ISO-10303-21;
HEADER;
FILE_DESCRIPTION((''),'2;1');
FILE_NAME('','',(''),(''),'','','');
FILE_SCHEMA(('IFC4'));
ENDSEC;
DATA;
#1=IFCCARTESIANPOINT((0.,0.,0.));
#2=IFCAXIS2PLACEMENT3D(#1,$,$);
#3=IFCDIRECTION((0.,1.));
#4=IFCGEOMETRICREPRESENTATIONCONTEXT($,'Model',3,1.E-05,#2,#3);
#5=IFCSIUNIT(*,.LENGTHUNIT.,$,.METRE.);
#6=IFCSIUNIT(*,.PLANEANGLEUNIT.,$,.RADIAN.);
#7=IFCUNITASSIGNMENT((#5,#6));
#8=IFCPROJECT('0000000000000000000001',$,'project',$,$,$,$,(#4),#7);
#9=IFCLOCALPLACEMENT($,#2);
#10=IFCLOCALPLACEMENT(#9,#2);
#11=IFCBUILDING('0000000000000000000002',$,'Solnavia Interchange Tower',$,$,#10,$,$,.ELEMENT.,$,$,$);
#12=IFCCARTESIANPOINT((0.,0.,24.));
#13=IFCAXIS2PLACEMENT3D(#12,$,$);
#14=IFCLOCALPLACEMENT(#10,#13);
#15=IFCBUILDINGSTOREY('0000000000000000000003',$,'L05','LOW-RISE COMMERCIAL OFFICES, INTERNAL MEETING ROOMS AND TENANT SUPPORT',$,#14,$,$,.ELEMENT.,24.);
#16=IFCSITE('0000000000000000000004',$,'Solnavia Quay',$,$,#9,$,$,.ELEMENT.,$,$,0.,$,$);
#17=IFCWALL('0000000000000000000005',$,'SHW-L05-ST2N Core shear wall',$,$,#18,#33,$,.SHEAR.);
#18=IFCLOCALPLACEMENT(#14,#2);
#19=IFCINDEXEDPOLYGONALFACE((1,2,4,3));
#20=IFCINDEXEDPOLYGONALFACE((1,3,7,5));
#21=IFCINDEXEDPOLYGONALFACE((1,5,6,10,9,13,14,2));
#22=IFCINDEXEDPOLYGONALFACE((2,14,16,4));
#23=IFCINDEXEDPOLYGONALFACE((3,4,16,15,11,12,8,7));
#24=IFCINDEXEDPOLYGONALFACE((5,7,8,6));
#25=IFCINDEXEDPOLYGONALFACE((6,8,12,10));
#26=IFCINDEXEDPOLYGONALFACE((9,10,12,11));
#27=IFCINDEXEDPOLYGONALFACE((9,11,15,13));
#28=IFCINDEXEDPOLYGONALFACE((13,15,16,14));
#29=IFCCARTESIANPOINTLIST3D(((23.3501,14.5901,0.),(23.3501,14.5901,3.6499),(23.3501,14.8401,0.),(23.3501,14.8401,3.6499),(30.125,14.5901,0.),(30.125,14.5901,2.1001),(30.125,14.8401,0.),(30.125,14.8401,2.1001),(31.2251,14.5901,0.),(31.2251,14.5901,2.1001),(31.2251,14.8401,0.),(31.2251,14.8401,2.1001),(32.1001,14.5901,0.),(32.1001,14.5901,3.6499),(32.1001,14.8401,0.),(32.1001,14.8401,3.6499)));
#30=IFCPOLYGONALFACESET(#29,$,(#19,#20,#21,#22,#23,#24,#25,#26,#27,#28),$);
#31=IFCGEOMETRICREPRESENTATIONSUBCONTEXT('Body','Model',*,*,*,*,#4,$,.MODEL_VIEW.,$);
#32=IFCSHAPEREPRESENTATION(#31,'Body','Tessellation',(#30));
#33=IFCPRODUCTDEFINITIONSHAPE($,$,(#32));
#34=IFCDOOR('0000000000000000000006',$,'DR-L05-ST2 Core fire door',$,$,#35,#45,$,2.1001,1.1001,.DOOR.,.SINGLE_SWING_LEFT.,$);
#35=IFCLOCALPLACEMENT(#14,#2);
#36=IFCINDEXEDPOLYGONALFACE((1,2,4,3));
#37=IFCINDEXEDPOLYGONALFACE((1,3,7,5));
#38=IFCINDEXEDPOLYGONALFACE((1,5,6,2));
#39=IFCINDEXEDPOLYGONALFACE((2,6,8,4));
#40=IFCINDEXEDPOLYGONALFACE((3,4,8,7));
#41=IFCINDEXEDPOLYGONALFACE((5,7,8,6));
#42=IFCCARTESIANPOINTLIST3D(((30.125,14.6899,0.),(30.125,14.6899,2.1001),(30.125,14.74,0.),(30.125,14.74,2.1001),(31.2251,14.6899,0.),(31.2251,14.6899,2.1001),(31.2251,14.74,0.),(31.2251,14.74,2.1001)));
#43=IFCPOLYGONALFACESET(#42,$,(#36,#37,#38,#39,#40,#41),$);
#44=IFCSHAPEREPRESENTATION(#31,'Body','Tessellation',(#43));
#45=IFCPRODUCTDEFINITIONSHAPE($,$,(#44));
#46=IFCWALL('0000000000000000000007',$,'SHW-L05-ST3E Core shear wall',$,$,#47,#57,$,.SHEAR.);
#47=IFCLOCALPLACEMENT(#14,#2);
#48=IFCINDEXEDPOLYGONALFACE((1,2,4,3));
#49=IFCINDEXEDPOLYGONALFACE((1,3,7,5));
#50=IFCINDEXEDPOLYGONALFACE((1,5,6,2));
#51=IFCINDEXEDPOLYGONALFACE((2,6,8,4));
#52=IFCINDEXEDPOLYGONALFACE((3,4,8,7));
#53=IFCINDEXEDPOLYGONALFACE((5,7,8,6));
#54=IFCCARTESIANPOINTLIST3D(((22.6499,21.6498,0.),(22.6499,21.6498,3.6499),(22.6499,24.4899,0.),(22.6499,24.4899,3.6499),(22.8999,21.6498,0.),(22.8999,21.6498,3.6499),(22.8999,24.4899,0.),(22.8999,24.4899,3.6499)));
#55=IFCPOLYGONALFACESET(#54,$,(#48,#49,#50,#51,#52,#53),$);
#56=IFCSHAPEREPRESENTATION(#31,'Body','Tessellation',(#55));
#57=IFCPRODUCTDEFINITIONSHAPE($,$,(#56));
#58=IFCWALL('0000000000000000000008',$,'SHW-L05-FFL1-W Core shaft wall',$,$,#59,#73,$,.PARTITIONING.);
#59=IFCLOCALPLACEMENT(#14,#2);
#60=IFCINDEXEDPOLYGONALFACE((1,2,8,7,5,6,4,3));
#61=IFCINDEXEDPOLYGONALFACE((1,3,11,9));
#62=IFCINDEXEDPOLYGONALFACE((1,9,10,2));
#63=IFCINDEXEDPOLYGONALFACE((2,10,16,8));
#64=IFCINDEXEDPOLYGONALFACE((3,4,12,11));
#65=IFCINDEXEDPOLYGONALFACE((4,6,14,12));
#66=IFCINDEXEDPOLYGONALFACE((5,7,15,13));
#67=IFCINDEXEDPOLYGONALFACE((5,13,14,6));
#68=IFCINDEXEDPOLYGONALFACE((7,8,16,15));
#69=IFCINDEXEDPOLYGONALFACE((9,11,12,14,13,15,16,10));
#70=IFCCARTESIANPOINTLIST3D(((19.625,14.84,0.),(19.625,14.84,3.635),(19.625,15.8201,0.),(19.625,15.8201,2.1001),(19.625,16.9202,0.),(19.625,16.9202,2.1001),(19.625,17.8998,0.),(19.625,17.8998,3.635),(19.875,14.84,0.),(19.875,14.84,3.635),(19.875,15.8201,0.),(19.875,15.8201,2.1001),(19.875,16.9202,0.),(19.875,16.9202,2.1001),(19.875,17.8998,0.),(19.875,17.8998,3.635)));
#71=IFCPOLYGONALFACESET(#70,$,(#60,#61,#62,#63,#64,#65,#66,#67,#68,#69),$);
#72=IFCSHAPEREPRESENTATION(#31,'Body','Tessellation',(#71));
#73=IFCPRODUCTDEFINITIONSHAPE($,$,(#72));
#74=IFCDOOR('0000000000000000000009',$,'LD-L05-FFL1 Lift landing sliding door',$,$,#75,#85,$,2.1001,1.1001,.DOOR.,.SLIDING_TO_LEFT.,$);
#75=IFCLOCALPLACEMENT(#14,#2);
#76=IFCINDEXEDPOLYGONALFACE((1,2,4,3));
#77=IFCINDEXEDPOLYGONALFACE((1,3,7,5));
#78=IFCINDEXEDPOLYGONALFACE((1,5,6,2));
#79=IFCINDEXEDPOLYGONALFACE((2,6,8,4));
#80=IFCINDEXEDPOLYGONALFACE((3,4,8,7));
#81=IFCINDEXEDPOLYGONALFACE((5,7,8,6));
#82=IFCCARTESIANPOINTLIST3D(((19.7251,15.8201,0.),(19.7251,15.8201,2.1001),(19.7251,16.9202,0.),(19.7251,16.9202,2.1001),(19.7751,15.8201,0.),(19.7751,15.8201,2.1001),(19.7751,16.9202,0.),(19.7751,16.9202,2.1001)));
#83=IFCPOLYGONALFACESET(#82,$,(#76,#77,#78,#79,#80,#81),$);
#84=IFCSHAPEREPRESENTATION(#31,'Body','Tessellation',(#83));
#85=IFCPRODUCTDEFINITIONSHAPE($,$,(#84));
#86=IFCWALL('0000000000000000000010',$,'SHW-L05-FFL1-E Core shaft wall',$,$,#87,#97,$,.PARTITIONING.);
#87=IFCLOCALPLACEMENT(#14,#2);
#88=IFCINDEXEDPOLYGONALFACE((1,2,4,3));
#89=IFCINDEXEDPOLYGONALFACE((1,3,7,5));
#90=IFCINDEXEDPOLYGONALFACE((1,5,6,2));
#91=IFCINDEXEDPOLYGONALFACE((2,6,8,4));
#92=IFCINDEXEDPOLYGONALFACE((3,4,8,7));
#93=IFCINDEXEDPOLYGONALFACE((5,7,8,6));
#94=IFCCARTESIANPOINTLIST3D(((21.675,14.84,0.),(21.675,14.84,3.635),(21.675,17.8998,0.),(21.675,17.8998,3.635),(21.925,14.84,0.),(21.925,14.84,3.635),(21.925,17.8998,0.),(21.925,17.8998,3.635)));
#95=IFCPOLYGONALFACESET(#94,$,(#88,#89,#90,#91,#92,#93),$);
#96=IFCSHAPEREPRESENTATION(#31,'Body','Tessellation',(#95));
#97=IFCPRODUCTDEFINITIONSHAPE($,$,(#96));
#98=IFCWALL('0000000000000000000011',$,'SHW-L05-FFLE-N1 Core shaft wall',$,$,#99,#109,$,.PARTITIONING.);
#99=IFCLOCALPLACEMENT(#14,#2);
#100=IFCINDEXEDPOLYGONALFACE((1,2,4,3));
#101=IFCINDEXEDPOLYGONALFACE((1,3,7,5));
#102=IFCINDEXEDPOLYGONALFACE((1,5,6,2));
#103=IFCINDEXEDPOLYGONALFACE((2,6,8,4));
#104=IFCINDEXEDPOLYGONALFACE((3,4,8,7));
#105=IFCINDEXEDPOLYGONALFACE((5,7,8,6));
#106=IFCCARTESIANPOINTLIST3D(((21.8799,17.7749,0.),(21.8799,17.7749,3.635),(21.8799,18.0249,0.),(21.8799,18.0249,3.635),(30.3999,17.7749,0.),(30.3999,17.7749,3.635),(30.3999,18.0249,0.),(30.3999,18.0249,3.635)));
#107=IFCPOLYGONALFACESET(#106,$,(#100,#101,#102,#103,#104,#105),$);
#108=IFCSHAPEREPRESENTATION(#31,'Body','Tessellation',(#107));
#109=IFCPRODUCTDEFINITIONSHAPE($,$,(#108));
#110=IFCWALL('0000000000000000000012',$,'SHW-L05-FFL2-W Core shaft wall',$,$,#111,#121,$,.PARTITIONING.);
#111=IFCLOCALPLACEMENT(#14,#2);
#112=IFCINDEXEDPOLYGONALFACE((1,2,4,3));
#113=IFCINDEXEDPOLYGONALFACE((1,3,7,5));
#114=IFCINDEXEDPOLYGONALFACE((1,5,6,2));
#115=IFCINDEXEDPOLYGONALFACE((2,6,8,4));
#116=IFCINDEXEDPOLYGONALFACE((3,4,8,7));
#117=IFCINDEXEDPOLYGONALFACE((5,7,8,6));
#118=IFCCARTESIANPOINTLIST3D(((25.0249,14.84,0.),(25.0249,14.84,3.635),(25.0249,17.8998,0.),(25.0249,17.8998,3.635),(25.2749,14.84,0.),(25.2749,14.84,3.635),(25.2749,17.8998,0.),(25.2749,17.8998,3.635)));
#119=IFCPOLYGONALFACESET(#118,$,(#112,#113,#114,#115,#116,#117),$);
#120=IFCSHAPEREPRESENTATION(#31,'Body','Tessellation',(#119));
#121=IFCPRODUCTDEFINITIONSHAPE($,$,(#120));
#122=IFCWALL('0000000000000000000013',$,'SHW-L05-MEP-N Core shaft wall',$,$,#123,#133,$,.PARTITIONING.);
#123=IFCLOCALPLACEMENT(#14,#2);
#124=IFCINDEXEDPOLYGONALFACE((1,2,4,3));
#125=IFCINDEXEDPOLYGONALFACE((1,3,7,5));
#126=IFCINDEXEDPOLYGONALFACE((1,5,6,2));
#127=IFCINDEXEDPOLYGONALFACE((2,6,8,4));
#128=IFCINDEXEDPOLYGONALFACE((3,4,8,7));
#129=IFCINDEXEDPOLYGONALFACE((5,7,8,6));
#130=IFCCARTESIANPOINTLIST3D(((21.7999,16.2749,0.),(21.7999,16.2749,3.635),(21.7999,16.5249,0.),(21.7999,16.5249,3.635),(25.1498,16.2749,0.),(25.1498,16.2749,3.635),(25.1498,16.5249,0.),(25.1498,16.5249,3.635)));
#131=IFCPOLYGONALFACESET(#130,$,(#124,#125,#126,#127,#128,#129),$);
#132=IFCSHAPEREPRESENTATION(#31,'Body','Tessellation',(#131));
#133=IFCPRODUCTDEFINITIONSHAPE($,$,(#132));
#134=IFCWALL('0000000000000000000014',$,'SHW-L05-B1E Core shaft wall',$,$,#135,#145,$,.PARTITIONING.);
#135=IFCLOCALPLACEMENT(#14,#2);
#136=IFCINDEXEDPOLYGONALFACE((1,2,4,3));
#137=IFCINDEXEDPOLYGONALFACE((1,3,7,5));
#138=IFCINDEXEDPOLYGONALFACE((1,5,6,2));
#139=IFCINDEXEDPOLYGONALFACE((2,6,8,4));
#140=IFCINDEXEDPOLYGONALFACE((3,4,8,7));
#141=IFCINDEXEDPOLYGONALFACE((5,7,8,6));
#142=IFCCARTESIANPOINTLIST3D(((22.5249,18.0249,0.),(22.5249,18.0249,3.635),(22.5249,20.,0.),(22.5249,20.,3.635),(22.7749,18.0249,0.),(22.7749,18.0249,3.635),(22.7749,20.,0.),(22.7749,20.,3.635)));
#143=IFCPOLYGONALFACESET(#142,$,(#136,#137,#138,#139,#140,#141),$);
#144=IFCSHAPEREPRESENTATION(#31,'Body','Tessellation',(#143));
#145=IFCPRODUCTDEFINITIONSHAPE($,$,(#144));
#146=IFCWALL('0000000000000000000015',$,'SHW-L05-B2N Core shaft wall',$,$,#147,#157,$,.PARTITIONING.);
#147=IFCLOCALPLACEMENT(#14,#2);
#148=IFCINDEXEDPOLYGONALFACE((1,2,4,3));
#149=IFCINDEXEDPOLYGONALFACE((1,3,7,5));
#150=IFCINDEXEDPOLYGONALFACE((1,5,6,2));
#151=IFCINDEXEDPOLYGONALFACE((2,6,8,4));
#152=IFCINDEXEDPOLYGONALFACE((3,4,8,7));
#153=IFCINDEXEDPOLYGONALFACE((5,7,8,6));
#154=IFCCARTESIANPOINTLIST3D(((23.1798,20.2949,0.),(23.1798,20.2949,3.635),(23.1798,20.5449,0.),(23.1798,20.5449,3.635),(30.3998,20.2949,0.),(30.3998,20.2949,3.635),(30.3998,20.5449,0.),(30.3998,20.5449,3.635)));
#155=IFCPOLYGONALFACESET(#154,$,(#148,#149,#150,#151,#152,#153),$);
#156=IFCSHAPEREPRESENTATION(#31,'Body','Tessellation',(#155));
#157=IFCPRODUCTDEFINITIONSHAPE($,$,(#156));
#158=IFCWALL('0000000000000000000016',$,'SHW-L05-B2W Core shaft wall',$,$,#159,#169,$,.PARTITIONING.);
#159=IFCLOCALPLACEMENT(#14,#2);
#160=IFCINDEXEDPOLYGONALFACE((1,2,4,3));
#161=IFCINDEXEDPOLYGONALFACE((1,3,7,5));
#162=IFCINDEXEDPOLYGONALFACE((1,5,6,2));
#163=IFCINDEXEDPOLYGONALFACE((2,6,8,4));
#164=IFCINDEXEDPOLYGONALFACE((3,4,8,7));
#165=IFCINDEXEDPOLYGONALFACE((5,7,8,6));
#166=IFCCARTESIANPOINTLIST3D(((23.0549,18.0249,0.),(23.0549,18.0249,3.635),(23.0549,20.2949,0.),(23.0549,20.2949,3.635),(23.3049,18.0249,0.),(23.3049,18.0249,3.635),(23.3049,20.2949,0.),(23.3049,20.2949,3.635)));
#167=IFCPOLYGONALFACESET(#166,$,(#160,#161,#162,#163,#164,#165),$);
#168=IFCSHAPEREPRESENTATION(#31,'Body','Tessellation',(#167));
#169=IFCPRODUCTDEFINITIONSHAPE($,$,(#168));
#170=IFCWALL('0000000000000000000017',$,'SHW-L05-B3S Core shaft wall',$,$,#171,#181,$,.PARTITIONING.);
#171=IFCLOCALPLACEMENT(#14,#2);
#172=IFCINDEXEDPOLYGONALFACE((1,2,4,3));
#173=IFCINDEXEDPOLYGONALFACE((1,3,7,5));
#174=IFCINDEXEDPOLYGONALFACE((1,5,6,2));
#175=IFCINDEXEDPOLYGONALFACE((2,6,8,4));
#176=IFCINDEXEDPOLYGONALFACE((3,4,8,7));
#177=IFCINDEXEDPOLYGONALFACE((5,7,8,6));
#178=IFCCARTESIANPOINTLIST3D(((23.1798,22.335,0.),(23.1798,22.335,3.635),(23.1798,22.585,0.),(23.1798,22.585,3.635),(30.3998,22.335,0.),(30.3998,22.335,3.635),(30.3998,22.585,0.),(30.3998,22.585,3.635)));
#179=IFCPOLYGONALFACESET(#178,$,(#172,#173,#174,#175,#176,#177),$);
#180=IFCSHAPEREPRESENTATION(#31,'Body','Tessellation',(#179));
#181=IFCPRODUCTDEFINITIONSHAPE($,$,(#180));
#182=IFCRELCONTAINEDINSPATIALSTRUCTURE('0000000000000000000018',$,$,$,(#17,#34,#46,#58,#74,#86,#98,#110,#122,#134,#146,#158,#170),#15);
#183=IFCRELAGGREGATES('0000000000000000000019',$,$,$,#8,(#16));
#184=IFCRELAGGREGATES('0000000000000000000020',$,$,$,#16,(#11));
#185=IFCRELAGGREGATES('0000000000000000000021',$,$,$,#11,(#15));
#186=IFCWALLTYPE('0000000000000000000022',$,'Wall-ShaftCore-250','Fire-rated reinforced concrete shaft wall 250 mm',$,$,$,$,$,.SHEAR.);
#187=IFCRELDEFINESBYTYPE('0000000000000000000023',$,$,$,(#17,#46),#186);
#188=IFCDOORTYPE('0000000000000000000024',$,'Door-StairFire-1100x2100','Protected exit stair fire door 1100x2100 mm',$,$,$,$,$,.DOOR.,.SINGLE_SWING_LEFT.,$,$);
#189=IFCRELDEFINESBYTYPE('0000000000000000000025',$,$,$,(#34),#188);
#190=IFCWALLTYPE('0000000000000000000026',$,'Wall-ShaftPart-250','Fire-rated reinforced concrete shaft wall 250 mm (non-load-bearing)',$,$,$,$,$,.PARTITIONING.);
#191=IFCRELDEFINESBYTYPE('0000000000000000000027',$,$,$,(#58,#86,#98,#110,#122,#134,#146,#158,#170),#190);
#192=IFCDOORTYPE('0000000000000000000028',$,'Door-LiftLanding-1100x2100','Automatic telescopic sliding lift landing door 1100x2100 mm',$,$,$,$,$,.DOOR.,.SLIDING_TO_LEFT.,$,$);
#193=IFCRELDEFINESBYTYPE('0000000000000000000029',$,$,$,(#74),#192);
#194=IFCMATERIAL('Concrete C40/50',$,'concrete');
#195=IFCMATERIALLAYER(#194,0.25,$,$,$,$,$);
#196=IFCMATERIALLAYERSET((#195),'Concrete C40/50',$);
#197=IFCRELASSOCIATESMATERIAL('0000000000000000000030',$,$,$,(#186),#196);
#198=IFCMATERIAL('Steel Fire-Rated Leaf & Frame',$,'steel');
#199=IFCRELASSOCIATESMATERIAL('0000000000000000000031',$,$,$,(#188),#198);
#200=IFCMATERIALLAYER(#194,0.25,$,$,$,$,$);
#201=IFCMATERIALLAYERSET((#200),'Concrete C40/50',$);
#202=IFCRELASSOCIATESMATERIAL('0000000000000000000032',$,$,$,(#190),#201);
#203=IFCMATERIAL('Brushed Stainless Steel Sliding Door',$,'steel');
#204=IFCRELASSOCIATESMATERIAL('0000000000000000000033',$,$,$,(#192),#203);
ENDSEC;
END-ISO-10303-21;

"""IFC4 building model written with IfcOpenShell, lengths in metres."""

from ifc_helpers import new_model, si_unit, direction, frame, frame_2d, origin, place, context, subcontext, project, spatial, rectangle, extrude, material, layer, layer_set, type_object, element, fill, save


model = new_model("IFC4")

# Units and contexts
model_context = context("Model", 3, precision=1e-05, world=origin(), true_north=direction((0.0, 1.0)))
body_context = subcontext(model_context, "Body", "Model", "MODEL_VIEW")
ifc_project = project(units=[si_unit("LENGTHUNIT", "METRE"), si_unit("PLANEANGLEUNIT", "RADIAN")], contexts=[model_context])

# Site, building, storey
site_placement = place(None, origin())
site = spatial("IfcSite", under=ifc_project, at=site_placement, Name="Solnavia Quay", CompositionType="ELEMENT", RefElevation=0.0)
building_placement = place(site_placement, origin())
building = spatial("IfcBuilding", under=site, at=building_placement, Name="Solnavia Interchange Tower", CompositionType="ELEMENT")
storey_placement = place(building_placement, frame((0.0, 0.0, 24.0)))
storey = spatial("IfcBuildingStorey", under=building, at=storey_placement, Name="L05", Description="LOW-RISE COMMERCIAL OFFICES, INTERNAL MEETING ROOMS AND TENANT SUPPORT", CompositionType="ELEMENT", Elevation=24.0)

# Wall, opening, door
ifc_material_1 = material(Name="Concrete C40/50", Category="concrete")
ifc_layer_1 = layer(ifc_material_1, 0.25)
ifc_layer_set_1 = layer_set([ifc_layer_1], Name="Concrete C40/50")
wall_type_1 = type_object("IfcWallType", Name="Wall-ShaftCore-250", Description="Fire-rated reinforced concrete shaft wall 250 mm", PredefinedType="SHEAR", material=ifc_layer_set_1)
wall_1_placement = place(storey_placement, frame((23.3501, 14.7151, 0.0), z_axis=(0.0, 0.0, 1.0), x_axis=(1.0, 0.0, 0.0)))
wall_1 = element("IfcWall", 1, at=wall_1_placement, inside=storey, type_object=wall_type_1, Name="SHW-L05-ST2N Core shear wall", PredefinedType="SHEAR", context=body_context, shape_type="SweptSolid", body=[
    extrude(rectangle(XDim=8.75, YDim=0.25, at=frame_2d((4.375, 0.0))), origin(), (0.0, 0.0, 1.0), 3.6499),
])
opening_1_placement = place(wall_1_placement, frame((6.7749, 0.0, 0.0)))
opening_1 = element("IfcOpeningElement", 2, at=opening_1_placement, cuts=wall_1, PredefinedType="OPENING", context=body_context, shape_type="SweptSolid", body=[
    extrude(rectangle(XDim=1.1001, YDim=2.1001, at=frame_2d((0.55, 1.05))), frame((0.0, 0.135, 0.0), z_axis=(0.0, -1.0, 0.0), x_axis=(1.0, 0.0, 0.0)), (0.0, 0.0, 1.0), 0.27),
])
ifc_material_2 = material(Name="Steel Fire-Rated Leaf & Frame", Category="steel")
door_type_1 = type_object("IfcDoorType", Name="Door-StairFire-1100x2100", Description="Protected exit stair fire door 1100x2100 mm", OperationType="SINGLE_SWING_LEFT", PredefinedType="DOOR", material=ifc_material_2)
door_1_placement = place(opening_1_placement, origin())
door_1 = element("IfcDoor", 3, at=door_1_placement, inside=storey, type_object=door_type_1, Name="DR-L05-ST2 Core fire door", OperationType="SINGLE_SWING_LEFT", OverallHeight=2.1001, OverallWidth=1.1001, PredefinedType="DOOR", context=body_context, shape_type="SweptSolid", body=[
    extrude(rectangle(XDim=1.1001, YDim=2.1001, at=frame_2d((0.55, 1.05))), frame((0.0, 0.0249, 0.0), z_axis=(0.0, -1.0, 0.0), x_axis=(1.0, 0.0, 0.0)), (0.0, 0.0, 1.0), 0.05),
])
fill(opening_1, door_1)

# Wall
wall_2_placement = place(storey_placement, frame((22.7749, 21.6499, 0.0), z_axis=(0.0, 0.0, 1.0), x_axis=(0.0, 1.0, 0.0)))
element("IfcWall", 4, at=wall_2_placement, inside=storey, type_object=wall_type_1, Name="SHW-L05-ST3E Core shear wall", PredefinedType="SHEAR", context=body_context, shape_type="SweptSolid", body=[
    extrude(rectangle(XDim=2.8401, YDim=0.25, at=frame_2d((1.4199, 0.0))), origin(), (0.0, 0.0, 1.0), 3.6499),
])

# Wall, opening, door
ifc_layer_2 = layer(ifc_material_1, 0.25)
ifc_layer_set_2 = layer_set([ifc_layer_2], Name="Concrete C40/50")
wall_type_2 = type_object("IfcWallType", Name="Wall-ShaftPart-250", Description="Fire-rated reinforced concrete shaft wall 250 mm (non-load-bearing)", PredefinedType="PARTITIONING", material=ifc_layer_set_2)
wall_3_placement = place(storey_placement, frame((19.75, 14.8401, 0.0), z_axis=(0.0, 0.0, 1.0), x_axis=(0.0, 1.0, 0.0)))
wall_3 = element("IfcWall", 5, at=wall_3_placement, inside=storey, type_object=wall_type_2, Name="SHW-L05-FFL1-W Core shaft wall", PredefinedType="PARTITIONING", context=body_context, shape_type="SweptSolid", body=[
    extrude(rectangle(XDim=3.0598, YDim=0.25, at=frame_2d((1.5298, 0.0))), origin(), (0.0, 0.0, 1.0), 3.635),
])
opening_2_placement = place(wall_3_placement, frame((0.98, 0.0, 0.0)))
opening_2 = element("IfcOpeningElement", 6, at=opening_2_placement, cuts=wall_3, PredefinedType="OPENING", context=body_context, shape_type="SweptSolid", body=[
    extrude(rectangle(XDim=1.1001, YDim=2.1001, at=frame_2d((0.55, 1.05))), frame((0.0, 0.135, 0.0), z_axis=(0.0, -1.0, 0.0), x_axis=(1.0, 0.0, 0.0)), (0.0, 0.0, 1.0), 0.27),
])
ifc_material_3 = material(Name="Brushed Stainless Steel Sliding Door", Category="steel")
door_type_2 = type_object("IfcDoorType", Name="Door-LiftLanding-1100x2100", Description="Automatic telescopic sliding lift landing door 1100x2100 mm", OperationType="SLIDING_TO_LEFT", PredefinedType="DOOR", material=ifc_material_3)
door_2_placement = place(opening_2_placement, origin())
door_2 = element("IfcDoor", 7, at=door_2_placement, inside=storey, type_object=door_type_2, Name="LD-L05-FFL1 Lift landing sliding door", OperationType="SLIDING_TO_LEFT", OverallHeight=2.1001, OverallWidth=1.1001, PredefinedType="DOOR", context=body_context, shape_type="SweptSolid", body=[
    extrude(rectangle(XDim=1.1001, YDim=2.1001, at=frame_2d((0.55, 1.05))), frame((0.0, 0.0249, 0.0), z_axis=(0.0, -1.0, 0.0), x_axis=(1.0, 0.0, 0.0)), (0.0, 0.0, 1.0), 0.05),
])
fill(opening_2, door_2)

# Walls
wall_4_placement = place(storey_placement, frame((21.8, 14.8401, 0.0), z_axis=(0.0, 0.0, 1.0), x_axis=(0.0, 1.0, 0.0)))
element("IfcWall", 8, at=wall_4_placement, inside=storey, type_object=wall_type_2, Name="SHW-L05-FFL1-E Core shaft wall", PredefinedType="PARTITIONING", context=body_context, shape_type="SweptSolid", body=[
    extrude(rectangle(XDim=3.0598, YDim=0.25, at=frame_2d((1.5298, 0.0))), origin(), (0.0, 0.0, 1.0), 3.635),
])
wall_5_placement = place(storey_placement, frame((21.8799, 17.8999, 0.0), z_axis=(0.0, 0.0, 1.0), x_axis=(1.0, 0.0, 0.0)))
element("IfcWall", 9, at=wall_5_placement, inside=storey, type_object=wall_type_2, Name="SHW-L05-FFLE-N1 Core shaft wall", PredefinedType="PARTITIONING", context=body_context, shape_type="SweptSolid", body=[
    extrude(rectangle(XDim=8.52, YDim=0.25, at=frame_2d((4.26, 0.0))), origin(), (0.0, 0.0, 1.0), 3.635),
])
wall_6_placement = place(storey_placement, frame((25.1499, 14.8401, 0.0), z_axis=(0.0, 0.0, 1.0), x_axis=(0.0, 1.0, 0.0)))
element("IfcWall", 10, at=wall_6_placement, inside=storey, type_object=wall_type_2, Name="SHW-L05-FFL2-W Core shaft wall", PredefinedType="PARTITIONING", context=body_context, shape_type="SweptSolid", body=[
    extrude(rectangle(XDim=3.0598, YDim=0.25, at=frame_2d((1.5298, 0.0))), origin(), (0.0, 0.0, 1.0), 3.635),
])
wall_7_placement = place(storey_placement, frame((21.8, 16.3999, 0.0), z_axis=(0.0, 0.0, 1.0), x_axis=(1.0, 0.0, 0.0)))
element("IfcWall", 11, at=wall_7_placement, inside=storey, type_object=wall_type_2, Name="SHW-L05-MEP-N Core shaft wall", PredefinedType="PARTITIONING", context=body_context, shape_type="SweptSolid", body=[
    extrude(rectangle(XDim=3.3499, YDim=0.25, at=frame_2d((1.6748, 0.0))), origin(), (0.0, 0.0, 1.0), 3.635),
])
wall_8_placement = place(storey_placement, frame((22.6499, 18.0249, 0.0), z_axis=(0.0, 0.0, 1.0), x_axis=(0.0, 1.0, 0.0)))
element("IfcWall", 12, at=wall_8_placement, inside=storey, type_object=wall_type_2, Name="SHW-L05-B1E Core shaft wall", PredefinedType="PARTITIONING", context=body_context, shape_type="SweptSolid", body=[
    extrude(rectangle(XDim=1.9751, YDim=0.25, at=frame_2d((0.9875, 0.0))), origin(), (0.0, 0.0, 1.0), 3.635),
])
wall_9_placement = place(storey_placement, frame((23.1799, 20.4199, 0.0), z_axis=(0.0, 0.0, 1.0), x_axis=(1.0, 0.0, 0.0)))
element("IfcWall", 13, at=wall_9_placement, inside=storey, type_object=wall_type_2, Name="SHW-L05-B2N Core shaft wall", PredefinedType="PARTITIONING", context=body_context, shape_type="SweptSolid", body=[
    extrude(rectangle(XDim=7.22, YDim=0.25, at=frame_2d((3.6099, 0.0))), origin(), (0.0, 0.0, 1.0), 3.635),
])
wall_10_placement = place(storey_placement, frame((23.1799, 18.0249, 0.0), z_axis=(0.0, 0.0, 1.0), x_axis=(0.0, 1.0, 0.0)))
element("IfcWall", 14, at=wall_10_placement, inside=storey, type_object=wall_type_2, Name="SHW-L05-B2W Core shaft wall", PredefinedType="PARTITIONING", context=body_context, shape_type="SweptSolid", body=[
    extrude(rectangle(XDim=2.27, YDim=0.25, at=frame_2d((1.135, 0.0))), origin(), (0.0, 0.0, 1.0), 3.635),
])
wall_11_placement = place(storey_placement, frame((23.1799, 22.46, 0.0), z_axis=(0.0, 0.0, 1.0), x_axis=(1.0, 0.0, 0.0)))
element("IfcWall", 15, at=wall_11_placement, inside=storey, type_object=wall_type_2, Name="SHW-L05-B3S Core shaft wall", PredefinedType="PARTITIONING", context=body_context, shape_type="SweptSolid", body=[
    extrude(rectangle(XDim=7.22, YDim=0.25, at=frame_2d((3.6099, 0.0))), origin(), (0.0, 0.0, 1.0), 3.635),
])

save(model, "model.ifc")
